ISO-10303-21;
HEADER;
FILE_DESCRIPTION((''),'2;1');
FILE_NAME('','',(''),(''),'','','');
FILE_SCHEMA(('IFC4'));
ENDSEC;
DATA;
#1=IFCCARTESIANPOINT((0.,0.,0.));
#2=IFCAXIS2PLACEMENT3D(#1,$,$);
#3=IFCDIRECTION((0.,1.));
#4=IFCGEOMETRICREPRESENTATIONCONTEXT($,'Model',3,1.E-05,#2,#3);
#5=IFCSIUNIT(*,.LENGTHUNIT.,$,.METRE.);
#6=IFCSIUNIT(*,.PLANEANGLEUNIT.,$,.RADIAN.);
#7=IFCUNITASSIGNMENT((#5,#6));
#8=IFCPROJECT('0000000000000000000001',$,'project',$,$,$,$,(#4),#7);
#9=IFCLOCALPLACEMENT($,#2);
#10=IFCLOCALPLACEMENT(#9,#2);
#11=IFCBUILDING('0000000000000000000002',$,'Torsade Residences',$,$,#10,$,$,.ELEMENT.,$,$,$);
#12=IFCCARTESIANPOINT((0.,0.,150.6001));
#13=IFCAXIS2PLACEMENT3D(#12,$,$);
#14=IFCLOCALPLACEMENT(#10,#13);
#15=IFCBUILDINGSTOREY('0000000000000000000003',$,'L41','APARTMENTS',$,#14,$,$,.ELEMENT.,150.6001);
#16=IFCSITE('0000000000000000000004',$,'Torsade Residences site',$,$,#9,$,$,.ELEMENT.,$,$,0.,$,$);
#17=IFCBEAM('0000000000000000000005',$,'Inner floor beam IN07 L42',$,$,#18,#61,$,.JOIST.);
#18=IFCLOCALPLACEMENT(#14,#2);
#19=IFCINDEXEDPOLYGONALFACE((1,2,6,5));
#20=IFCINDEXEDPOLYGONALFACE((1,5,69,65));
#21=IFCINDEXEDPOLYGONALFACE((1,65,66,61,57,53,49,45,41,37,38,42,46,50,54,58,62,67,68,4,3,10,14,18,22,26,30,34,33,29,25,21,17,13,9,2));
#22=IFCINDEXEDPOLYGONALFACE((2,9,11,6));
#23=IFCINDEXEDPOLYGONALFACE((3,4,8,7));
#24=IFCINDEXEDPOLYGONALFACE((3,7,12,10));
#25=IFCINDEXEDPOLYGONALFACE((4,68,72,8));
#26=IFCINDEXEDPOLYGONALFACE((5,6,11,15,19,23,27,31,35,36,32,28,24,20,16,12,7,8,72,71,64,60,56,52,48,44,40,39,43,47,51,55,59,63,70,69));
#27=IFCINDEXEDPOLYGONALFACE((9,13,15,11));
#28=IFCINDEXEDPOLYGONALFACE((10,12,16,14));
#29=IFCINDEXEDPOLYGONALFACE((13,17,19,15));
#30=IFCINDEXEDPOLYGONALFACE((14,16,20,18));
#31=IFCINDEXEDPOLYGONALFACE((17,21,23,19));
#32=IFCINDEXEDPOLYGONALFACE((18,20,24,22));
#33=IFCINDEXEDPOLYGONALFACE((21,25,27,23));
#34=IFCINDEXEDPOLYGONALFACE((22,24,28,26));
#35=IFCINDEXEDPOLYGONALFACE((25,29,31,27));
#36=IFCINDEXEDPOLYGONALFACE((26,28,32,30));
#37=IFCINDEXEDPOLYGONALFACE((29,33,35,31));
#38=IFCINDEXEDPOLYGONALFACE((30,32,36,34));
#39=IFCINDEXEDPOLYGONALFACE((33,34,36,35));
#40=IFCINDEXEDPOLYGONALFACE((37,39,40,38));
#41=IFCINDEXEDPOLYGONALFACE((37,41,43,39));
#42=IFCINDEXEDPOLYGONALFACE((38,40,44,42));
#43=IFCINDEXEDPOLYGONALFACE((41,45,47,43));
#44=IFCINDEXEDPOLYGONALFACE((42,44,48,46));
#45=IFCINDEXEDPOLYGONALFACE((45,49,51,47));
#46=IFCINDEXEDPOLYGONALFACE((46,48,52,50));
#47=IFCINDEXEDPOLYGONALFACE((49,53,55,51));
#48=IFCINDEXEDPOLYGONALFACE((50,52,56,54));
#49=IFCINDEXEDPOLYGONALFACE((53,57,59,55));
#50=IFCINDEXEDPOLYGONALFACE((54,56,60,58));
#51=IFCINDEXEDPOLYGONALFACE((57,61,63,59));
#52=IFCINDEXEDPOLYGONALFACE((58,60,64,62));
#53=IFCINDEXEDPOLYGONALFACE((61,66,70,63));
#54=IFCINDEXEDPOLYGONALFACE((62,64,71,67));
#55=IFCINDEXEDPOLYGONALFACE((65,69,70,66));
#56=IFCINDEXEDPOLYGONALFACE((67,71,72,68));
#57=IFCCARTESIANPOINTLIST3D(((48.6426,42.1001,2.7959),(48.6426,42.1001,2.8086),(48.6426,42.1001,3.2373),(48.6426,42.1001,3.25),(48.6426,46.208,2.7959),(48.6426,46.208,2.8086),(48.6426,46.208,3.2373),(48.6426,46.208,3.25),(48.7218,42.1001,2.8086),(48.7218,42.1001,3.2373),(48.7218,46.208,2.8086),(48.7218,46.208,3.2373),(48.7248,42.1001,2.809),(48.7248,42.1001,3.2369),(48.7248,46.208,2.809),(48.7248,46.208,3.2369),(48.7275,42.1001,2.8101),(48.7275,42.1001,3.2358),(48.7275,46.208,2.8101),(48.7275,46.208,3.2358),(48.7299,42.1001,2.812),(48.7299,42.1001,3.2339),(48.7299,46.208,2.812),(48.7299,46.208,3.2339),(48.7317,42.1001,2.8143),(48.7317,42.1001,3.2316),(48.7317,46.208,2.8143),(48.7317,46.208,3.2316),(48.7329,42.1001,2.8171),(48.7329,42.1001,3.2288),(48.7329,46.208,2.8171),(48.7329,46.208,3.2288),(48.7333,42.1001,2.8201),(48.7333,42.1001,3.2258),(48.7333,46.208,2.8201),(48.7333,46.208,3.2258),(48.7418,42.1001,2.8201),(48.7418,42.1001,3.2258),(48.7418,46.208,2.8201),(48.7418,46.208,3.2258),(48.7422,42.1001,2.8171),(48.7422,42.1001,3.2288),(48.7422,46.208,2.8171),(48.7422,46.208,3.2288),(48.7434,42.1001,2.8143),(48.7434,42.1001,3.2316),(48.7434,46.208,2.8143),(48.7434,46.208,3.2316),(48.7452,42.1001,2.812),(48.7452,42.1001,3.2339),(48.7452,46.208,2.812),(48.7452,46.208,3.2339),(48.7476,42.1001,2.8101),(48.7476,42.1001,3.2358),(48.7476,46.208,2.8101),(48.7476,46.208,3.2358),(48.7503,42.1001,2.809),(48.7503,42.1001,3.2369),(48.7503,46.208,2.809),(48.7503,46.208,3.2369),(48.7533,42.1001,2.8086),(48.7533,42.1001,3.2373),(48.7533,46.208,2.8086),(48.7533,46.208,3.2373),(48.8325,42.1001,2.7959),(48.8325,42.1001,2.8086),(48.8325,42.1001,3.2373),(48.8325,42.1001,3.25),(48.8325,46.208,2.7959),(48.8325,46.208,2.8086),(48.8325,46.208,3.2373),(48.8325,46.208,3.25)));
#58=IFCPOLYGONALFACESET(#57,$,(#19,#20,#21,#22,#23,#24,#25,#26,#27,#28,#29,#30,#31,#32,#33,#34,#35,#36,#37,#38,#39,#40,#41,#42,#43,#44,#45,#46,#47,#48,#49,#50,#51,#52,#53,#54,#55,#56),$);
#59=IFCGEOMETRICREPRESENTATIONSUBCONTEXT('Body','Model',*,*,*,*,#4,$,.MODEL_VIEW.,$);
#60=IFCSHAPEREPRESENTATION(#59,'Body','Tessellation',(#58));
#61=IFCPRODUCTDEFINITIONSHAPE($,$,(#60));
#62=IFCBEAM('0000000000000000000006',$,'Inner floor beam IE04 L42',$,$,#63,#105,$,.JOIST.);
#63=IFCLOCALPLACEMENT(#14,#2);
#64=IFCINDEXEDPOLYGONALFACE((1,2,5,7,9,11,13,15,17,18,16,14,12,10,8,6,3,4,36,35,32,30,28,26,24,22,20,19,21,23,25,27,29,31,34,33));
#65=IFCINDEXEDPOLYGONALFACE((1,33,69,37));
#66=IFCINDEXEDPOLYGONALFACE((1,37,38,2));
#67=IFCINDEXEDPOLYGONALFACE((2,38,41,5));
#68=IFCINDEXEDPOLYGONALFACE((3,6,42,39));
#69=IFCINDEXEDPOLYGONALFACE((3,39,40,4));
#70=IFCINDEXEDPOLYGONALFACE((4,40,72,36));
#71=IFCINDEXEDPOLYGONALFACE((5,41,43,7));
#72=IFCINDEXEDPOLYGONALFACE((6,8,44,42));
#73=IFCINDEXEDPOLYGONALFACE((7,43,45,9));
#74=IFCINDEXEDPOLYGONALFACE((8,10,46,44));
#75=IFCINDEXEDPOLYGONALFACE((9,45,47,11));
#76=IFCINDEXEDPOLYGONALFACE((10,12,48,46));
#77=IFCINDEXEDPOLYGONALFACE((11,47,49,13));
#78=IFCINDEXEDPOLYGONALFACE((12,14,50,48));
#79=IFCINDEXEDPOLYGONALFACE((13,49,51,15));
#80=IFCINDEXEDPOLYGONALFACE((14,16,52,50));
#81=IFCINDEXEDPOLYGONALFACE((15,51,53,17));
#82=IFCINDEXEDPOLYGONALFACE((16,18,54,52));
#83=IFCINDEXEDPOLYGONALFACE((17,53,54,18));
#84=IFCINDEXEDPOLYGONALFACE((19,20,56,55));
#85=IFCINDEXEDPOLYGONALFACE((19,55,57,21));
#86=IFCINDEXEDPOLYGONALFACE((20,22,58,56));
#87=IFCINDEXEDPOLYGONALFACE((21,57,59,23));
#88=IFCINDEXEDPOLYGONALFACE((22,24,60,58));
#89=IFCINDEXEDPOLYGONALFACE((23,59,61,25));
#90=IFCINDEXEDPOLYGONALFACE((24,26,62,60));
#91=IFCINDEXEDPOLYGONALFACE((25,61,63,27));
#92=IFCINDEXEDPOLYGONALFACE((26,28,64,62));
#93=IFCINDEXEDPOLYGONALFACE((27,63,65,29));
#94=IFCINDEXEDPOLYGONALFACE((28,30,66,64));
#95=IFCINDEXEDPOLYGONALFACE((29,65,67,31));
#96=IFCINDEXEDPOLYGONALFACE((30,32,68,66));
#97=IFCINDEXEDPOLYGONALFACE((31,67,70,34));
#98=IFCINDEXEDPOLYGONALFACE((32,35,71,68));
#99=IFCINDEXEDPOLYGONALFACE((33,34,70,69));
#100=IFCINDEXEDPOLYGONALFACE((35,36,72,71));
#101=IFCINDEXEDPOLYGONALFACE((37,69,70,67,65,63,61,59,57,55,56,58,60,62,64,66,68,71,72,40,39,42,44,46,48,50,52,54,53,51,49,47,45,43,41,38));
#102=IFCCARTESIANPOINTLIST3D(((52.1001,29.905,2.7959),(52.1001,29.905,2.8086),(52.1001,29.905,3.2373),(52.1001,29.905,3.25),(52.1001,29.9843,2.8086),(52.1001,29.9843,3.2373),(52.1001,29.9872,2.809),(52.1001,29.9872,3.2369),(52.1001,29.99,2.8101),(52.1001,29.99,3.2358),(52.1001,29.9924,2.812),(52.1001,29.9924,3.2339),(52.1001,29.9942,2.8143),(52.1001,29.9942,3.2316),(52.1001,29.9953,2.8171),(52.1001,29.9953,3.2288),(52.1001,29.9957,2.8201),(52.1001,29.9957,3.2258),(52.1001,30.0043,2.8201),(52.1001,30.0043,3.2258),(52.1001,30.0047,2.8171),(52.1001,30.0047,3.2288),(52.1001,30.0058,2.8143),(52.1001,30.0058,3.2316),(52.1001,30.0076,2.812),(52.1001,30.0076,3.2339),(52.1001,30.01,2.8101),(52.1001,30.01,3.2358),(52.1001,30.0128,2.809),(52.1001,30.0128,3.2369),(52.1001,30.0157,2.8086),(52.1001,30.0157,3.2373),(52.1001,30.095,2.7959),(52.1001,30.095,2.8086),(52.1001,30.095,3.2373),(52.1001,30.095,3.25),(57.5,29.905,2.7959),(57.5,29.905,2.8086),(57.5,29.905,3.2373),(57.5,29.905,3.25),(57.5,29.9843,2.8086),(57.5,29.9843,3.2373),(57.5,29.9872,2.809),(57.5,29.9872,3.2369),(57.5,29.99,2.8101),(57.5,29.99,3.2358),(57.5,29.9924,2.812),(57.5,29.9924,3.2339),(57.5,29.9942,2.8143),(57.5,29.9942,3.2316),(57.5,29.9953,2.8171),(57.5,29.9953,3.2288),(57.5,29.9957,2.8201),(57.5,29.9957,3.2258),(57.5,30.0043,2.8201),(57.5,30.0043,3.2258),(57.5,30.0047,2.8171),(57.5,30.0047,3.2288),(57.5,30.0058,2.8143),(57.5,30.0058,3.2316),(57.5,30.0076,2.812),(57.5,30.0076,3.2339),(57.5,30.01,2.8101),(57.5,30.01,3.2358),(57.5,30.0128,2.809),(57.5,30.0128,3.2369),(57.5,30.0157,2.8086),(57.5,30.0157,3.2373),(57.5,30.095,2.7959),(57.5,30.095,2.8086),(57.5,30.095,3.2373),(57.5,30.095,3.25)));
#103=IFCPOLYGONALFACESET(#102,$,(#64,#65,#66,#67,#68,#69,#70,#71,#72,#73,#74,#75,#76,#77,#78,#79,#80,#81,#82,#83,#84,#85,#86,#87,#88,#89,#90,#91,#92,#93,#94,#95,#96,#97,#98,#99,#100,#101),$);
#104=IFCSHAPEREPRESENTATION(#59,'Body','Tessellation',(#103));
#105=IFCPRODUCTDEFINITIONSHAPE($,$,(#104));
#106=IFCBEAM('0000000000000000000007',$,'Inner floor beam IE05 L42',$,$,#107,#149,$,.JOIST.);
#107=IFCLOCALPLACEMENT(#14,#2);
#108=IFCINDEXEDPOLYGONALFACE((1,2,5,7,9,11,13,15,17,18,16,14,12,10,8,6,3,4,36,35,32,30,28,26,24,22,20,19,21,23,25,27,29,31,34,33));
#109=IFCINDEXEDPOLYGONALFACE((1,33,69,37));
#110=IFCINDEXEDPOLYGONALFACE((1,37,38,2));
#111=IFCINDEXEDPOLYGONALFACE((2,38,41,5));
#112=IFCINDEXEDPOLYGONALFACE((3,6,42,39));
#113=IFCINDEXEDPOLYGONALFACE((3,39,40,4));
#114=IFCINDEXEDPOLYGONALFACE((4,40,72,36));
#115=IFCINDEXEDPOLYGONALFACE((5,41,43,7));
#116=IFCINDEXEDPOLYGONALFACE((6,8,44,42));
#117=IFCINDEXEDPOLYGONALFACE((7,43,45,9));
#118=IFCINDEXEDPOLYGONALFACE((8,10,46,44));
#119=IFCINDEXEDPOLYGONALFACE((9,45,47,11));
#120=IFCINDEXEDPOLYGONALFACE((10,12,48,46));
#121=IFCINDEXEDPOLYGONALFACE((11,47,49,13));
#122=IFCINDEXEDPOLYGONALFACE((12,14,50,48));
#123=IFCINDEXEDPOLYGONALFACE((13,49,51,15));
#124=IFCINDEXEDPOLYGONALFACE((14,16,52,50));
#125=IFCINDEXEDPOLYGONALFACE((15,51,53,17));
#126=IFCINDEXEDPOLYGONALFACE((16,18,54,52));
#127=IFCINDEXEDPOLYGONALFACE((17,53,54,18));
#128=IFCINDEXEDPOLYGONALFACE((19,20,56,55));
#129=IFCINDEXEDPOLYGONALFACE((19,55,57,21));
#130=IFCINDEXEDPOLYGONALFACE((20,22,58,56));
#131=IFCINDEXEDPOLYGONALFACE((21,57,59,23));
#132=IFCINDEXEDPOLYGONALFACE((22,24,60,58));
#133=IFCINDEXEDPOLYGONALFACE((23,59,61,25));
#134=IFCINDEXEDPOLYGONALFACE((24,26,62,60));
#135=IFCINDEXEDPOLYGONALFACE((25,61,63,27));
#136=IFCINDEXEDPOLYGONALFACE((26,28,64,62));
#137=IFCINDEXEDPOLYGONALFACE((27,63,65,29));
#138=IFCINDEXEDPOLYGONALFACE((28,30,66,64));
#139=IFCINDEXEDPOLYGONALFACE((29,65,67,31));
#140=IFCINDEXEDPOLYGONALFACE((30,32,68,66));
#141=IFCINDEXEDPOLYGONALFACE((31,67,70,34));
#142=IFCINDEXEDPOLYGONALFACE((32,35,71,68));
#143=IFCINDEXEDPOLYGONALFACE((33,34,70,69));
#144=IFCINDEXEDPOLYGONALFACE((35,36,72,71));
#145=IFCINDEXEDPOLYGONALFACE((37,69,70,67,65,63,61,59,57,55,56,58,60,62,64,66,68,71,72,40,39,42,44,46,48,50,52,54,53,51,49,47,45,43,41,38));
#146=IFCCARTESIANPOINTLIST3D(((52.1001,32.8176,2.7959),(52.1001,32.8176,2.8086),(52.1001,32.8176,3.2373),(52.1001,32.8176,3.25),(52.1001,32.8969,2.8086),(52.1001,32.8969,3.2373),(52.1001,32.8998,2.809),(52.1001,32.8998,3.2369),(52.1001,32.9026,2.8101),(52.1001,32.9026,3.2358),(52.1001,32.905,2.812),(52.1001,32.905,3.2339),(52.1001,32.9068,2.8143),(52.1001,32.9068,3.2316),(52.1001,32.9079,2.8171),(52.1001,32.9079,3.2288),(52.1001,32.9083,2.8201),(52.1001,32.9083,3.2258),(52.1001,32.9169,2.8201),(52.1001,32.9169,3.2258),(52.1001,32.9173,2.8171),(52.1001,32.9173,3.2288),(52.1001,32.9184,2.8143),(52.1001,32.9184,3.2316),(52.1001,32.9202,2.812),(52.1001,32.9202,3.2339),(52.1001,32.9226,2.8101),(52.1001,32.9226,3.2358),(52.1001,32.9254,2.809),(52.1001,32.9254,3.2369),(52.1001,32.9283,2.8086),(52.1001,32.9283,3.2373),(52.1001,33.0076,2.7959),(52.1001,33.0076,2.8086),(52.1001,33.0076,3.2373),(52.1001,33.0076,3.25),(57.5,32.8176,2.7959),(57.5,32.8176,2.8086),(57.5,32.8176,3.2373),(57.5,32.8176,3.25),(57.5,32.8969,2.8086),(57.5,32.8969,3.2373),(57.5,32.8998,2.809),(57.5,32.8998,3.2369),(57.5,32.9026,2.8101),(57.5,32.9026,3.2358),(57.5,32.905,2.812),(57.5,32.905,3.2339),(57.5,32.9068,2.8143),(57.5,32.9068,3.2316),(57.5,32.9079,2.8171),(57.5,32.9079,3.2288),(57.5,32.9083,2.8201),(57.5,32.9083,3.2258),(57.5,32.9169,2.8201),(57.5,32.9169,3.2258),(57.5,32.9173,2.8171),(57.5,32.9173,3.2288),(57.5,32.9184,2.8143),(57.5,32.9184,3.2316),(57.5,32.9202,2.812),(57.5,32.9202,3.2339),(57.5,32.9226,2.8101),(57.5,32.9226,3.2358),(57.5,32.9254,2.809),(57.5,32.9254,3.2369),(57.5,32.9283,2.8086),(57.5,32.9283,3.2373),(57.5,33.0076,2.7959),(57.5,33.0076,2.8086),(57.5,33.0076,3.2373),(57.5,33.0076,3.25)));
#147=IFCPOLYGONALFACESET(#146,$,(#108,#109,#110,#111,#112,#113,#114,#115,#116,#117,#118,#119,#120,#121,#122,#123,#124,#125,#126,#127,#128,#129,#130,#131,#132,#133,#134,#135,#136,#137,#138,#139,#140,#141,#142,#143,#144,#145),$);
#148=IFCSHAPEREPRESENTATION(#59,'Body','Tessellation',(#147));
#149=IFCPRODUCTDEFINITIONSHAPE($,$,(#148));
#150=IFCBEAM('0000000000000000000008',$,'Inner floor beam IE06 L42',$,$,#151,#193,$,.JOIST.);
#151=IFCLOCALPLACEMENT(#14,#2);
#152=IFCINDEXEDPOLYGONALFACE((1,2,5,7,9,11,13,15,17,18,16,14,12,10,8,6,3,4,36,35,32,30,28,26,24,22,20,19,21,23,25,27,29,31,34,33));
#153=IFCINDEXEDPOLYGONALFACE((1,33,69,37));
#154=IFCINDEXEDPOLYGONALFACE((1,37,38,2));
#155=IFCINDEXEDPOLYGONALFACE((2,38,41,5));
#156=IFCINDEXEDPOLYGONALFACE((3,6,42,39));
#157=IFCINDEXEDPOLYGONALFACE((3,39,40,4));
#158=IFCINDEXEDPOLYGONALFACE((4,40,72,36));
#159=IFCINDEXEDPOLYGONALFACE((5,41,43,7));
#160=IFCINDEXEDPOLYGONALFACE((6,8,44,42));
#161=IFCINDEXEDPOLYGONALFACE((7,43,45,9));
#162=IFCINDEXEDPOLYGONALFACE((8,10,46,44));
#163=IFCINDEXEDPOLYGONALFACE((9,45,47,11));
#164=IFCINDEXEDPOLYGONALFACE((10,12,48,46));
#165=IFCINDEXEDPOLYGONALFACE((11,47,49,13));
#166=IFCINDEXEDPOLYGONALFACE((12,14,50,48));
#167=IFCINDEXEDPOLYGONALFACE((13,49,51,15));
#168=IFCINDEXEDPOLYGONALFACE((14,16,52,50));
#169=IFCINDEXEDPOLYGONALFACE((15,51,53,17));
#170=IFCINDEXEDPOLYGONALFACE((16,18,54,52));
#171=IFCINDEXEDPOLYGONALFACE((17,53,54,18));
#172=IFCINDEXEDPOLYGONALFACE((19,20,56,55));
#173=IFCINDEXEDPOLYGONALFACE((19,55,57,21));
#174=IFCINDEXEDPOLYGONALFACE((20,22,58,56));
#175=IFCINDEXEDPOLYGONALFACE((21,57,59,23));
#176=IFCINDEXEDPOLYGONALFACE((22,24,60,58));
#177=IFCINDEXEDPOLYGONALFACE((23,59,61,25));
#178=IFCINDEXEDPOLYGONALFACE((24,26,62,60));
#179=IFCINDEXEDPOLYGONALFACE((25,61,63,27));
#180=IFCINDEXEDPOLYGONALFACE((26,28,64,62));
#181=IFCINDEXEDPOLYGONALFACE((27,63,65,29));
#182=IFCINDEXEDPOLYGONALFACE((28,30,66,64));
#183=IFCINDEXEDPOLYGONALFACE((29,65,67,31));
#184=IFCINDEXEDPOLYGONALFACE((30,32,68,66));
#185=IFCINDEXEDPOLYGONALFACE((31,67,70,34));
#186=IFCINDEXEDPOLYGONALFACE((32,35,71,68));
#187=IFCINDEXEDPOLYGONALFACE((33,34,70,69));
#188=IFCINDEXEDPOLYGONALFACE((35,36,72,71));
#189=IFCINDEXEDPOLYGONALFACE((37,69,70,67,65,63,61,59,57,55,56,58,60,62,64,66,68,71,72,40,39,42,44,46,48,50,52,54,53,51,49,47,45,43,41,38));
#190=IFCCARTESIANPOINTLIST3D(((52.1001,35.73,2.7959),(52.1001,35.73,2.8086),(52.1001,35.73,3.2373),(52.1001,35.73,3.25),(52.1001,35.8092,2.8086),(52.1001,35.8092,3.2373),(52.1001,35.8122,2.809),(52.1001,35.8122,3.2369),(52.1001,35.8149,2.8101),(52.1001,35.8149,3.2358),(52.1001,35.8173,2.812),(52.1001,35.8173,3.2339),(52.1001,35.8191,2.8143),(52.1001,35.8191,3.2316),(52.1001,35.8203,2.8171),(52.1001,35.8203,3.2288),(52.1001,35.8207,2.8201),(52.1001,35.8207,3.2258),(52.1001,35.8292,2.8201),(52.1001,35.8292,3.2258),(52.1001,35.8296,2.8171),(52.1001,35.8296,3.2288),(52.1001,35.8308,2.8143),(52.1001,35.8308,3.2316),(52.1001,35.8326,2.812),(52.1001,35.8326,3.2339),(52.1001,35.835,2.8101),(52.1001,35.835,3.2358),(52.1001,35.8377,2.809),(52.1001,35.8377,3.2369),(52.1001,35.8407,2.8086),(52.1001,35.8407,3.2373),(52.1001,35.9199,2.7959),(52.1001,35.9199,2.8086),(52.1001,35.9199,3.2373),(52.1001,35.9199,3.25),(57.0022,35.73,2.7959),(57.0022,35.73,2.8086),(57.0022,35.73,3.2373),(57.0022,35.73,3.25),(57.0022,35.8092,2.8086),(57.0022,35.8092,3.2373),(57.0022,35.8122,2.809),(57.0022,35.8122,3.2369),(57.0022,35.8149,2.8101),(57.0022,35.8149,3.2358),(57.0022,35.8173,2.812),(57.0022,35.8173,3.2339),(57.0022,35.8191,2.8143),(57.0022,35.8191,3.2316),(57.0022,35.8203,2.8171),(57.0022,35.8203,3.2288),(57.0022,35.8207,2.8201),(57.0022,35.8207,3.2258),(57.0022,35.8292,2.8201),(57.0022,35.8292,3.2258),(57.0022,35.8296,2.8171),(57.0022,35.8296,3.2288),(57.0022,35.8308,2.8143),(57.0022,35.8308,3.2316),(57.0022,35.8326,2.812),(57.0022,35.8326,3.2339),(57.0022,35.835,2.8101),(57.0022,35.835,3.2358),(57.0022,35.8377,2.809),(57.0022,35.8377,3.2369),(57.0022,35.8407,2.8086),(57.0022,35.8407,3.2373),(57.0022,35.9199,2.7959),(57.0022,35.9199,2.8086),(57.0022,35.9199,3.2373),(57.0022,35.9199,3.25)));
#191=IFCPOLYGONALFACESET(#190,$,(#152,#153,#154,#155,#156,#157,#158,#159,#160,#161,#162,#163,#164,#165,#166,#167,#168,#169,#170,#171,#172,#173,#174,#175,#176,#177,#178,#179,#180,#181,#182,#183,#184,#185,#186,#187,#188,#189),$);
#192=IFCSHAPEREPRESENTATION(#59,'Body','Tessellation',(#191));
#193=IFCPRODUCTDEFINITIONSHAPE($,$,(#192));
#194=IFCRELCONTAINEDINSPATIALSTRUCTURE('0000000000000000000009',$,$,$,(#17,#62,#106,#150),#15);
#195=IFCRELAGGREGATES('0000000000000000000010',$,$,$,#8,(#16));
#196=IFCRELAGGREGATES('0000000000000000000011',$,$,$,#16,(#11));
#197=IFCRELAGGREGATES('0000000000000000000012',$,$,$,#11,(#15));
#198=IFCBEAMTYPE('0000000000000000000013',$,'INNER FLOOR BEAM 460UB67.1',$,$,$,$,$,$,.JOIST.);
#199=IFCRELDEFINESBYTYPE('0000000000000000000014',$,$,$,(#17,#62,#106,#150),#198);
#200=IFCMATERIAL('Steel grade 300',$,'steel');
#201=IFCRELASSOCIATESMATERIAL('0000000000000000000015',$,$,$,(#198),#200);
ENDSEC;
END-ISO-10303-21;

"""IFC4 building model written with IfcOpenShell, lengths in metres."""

from ifc_helpers import new_model, si_unit, direction, frame, origin, origin_2d, place, context, subcontext, project, spatial, i_section, extrude, material, material_profile, profile_set, type_object, element, save


model = new_model("IFC4")

# Units and contexts
model_context = context("Model", 3, precision=1e-05, world=origin(), true_north=direction((0.0, 1.0)))
body_context = subcontext(model_context, "Body", "Model", "MODEL_VIEW")
ifc_project = project(units=[si_unit("LENGTHUNIT", "METRE"), si_unit("PLANEANGLEUNIT", "RADIAN")], contexts=[model_context])

# Site, building, storey
site_placement = place(None, origin())
site = spatial("IfcSite", under=ifc_project, at=site_placement, Name="Torsade Residences site", CompositionType="ELEMENT", RefElevation=0.0)
building_placement = place(site_placement, origin())
building = spatial("IfcBuilding", under=site, at=building_placement, Name="Torsade Residences", CompositionType="ELEMENT")
storey_placement = place(building_placement, frame((0.0, 0.0, 150.6001)))
storey = spatial("IfcBuildingStorey", under=building, at=storey_placement, Name="L41", Description="APARTMENTS", CompositionType="ELEMENT", Elevation=150.6001)

# Beams
ifc_material_1 = material(Name="Steel grade 300", Category="steel")
ifc_material_profile_1 = material_profile(ifc_material_1, i_section(OverallWidth=0.1899, OverallDepth=0.4541, WebThickness=0.0085, FlangeThickness=0.0127, FilletRadius=0.0115, at=origin_2d()), Name="460UB67.1")
ifc_profile_set_1 = profile_set([ifc_material_profile_1], Name="Steel grade 300")
beam_type_1 = type_object("IfcBeamType", Name="INNER FLOOR BEAM 460UB67.1", PredefinedType="JOIST", material=ifc_profile_set_1)
beam_1_placement = place(storey_placement, frame((48.7375, 42.1001, 3.0229), z_axis=(0.0, 1.0, 0.0), x_axis=(-1.0, 0.0, 0.0)))
element("IfcBeam", 1, at=beam_1_placement, inside=storey, type_object=beam_type_1, Name="Inner floor beam IN07 L42", PredefinedType="JOIST", context=body_context, shape_type="SweptSolid", body=[
    extrude(i_section(OverallWidth=0.1899, OverallDepth=0.4541, WebThickness=0.0085, FlangeThickness=0.0127, FilletRadius=0.0115, at=origin_2d()), origin(), (0.0, 0.0, 1.0), 4.1079),
])
for number, where, z_axis, x_axis, name in (
    (2, (52.1001, 30.0, 3.0229), (1.0, 0.0, 0.0), (0.0, 1.0, 0.0), "Inner floor beam IE04 L42"),
    (3, (52.1001, 32.9126, 3.0229), (1.0, 0.0, 0.0), (0.0, 1.0, 0.0), "Inner floor beam IE05 L42"),
):
    element("IfcBeam", number, at=place(storey_placement, frame(where, z_axis=z_axis, x_axis=x_axis)), inside=storey, type_object=beam_type_1, Name=name, PredefinedType="JOIST", context=body_context, shape_type="SweptSolid", body=[
        extrude(i_section(OverallWidth=0.1899, OverallDepth=0.4541, WebThickness=0.0085, FlangeThickness=0.0127, FilletRadius=0.0115, at=origin_2d()), origin(), (0.0, 0.0, 1.0), 5.3999),
    ])
beam_2_placement = place(storey_placement, frame((52.1001, 35.825, 3.0229), z_axis=(1.0, 0.0, 0.0), x_axis=(0.0, 1.0, 0.0)))
element("IfcBeam", 4, at=beam_2_placement, inside=storey, type_object=beam_type_1, Name="Inner floor beam IE06 L42", PredefinedType="JOIST", context=body_context, shape_type="SweptSolid", body=[
    extrude(i_section(OverallWidth=0.1899, OverallDepth=0.4541, WebThickness=0.0085, FlangeThickness=0.0127, FilletRadius=0.0115, at=origin_2d()), origin(), (0.0, 0.0, 1.0), 4.9021),
])

save(model, "model.ifc")
